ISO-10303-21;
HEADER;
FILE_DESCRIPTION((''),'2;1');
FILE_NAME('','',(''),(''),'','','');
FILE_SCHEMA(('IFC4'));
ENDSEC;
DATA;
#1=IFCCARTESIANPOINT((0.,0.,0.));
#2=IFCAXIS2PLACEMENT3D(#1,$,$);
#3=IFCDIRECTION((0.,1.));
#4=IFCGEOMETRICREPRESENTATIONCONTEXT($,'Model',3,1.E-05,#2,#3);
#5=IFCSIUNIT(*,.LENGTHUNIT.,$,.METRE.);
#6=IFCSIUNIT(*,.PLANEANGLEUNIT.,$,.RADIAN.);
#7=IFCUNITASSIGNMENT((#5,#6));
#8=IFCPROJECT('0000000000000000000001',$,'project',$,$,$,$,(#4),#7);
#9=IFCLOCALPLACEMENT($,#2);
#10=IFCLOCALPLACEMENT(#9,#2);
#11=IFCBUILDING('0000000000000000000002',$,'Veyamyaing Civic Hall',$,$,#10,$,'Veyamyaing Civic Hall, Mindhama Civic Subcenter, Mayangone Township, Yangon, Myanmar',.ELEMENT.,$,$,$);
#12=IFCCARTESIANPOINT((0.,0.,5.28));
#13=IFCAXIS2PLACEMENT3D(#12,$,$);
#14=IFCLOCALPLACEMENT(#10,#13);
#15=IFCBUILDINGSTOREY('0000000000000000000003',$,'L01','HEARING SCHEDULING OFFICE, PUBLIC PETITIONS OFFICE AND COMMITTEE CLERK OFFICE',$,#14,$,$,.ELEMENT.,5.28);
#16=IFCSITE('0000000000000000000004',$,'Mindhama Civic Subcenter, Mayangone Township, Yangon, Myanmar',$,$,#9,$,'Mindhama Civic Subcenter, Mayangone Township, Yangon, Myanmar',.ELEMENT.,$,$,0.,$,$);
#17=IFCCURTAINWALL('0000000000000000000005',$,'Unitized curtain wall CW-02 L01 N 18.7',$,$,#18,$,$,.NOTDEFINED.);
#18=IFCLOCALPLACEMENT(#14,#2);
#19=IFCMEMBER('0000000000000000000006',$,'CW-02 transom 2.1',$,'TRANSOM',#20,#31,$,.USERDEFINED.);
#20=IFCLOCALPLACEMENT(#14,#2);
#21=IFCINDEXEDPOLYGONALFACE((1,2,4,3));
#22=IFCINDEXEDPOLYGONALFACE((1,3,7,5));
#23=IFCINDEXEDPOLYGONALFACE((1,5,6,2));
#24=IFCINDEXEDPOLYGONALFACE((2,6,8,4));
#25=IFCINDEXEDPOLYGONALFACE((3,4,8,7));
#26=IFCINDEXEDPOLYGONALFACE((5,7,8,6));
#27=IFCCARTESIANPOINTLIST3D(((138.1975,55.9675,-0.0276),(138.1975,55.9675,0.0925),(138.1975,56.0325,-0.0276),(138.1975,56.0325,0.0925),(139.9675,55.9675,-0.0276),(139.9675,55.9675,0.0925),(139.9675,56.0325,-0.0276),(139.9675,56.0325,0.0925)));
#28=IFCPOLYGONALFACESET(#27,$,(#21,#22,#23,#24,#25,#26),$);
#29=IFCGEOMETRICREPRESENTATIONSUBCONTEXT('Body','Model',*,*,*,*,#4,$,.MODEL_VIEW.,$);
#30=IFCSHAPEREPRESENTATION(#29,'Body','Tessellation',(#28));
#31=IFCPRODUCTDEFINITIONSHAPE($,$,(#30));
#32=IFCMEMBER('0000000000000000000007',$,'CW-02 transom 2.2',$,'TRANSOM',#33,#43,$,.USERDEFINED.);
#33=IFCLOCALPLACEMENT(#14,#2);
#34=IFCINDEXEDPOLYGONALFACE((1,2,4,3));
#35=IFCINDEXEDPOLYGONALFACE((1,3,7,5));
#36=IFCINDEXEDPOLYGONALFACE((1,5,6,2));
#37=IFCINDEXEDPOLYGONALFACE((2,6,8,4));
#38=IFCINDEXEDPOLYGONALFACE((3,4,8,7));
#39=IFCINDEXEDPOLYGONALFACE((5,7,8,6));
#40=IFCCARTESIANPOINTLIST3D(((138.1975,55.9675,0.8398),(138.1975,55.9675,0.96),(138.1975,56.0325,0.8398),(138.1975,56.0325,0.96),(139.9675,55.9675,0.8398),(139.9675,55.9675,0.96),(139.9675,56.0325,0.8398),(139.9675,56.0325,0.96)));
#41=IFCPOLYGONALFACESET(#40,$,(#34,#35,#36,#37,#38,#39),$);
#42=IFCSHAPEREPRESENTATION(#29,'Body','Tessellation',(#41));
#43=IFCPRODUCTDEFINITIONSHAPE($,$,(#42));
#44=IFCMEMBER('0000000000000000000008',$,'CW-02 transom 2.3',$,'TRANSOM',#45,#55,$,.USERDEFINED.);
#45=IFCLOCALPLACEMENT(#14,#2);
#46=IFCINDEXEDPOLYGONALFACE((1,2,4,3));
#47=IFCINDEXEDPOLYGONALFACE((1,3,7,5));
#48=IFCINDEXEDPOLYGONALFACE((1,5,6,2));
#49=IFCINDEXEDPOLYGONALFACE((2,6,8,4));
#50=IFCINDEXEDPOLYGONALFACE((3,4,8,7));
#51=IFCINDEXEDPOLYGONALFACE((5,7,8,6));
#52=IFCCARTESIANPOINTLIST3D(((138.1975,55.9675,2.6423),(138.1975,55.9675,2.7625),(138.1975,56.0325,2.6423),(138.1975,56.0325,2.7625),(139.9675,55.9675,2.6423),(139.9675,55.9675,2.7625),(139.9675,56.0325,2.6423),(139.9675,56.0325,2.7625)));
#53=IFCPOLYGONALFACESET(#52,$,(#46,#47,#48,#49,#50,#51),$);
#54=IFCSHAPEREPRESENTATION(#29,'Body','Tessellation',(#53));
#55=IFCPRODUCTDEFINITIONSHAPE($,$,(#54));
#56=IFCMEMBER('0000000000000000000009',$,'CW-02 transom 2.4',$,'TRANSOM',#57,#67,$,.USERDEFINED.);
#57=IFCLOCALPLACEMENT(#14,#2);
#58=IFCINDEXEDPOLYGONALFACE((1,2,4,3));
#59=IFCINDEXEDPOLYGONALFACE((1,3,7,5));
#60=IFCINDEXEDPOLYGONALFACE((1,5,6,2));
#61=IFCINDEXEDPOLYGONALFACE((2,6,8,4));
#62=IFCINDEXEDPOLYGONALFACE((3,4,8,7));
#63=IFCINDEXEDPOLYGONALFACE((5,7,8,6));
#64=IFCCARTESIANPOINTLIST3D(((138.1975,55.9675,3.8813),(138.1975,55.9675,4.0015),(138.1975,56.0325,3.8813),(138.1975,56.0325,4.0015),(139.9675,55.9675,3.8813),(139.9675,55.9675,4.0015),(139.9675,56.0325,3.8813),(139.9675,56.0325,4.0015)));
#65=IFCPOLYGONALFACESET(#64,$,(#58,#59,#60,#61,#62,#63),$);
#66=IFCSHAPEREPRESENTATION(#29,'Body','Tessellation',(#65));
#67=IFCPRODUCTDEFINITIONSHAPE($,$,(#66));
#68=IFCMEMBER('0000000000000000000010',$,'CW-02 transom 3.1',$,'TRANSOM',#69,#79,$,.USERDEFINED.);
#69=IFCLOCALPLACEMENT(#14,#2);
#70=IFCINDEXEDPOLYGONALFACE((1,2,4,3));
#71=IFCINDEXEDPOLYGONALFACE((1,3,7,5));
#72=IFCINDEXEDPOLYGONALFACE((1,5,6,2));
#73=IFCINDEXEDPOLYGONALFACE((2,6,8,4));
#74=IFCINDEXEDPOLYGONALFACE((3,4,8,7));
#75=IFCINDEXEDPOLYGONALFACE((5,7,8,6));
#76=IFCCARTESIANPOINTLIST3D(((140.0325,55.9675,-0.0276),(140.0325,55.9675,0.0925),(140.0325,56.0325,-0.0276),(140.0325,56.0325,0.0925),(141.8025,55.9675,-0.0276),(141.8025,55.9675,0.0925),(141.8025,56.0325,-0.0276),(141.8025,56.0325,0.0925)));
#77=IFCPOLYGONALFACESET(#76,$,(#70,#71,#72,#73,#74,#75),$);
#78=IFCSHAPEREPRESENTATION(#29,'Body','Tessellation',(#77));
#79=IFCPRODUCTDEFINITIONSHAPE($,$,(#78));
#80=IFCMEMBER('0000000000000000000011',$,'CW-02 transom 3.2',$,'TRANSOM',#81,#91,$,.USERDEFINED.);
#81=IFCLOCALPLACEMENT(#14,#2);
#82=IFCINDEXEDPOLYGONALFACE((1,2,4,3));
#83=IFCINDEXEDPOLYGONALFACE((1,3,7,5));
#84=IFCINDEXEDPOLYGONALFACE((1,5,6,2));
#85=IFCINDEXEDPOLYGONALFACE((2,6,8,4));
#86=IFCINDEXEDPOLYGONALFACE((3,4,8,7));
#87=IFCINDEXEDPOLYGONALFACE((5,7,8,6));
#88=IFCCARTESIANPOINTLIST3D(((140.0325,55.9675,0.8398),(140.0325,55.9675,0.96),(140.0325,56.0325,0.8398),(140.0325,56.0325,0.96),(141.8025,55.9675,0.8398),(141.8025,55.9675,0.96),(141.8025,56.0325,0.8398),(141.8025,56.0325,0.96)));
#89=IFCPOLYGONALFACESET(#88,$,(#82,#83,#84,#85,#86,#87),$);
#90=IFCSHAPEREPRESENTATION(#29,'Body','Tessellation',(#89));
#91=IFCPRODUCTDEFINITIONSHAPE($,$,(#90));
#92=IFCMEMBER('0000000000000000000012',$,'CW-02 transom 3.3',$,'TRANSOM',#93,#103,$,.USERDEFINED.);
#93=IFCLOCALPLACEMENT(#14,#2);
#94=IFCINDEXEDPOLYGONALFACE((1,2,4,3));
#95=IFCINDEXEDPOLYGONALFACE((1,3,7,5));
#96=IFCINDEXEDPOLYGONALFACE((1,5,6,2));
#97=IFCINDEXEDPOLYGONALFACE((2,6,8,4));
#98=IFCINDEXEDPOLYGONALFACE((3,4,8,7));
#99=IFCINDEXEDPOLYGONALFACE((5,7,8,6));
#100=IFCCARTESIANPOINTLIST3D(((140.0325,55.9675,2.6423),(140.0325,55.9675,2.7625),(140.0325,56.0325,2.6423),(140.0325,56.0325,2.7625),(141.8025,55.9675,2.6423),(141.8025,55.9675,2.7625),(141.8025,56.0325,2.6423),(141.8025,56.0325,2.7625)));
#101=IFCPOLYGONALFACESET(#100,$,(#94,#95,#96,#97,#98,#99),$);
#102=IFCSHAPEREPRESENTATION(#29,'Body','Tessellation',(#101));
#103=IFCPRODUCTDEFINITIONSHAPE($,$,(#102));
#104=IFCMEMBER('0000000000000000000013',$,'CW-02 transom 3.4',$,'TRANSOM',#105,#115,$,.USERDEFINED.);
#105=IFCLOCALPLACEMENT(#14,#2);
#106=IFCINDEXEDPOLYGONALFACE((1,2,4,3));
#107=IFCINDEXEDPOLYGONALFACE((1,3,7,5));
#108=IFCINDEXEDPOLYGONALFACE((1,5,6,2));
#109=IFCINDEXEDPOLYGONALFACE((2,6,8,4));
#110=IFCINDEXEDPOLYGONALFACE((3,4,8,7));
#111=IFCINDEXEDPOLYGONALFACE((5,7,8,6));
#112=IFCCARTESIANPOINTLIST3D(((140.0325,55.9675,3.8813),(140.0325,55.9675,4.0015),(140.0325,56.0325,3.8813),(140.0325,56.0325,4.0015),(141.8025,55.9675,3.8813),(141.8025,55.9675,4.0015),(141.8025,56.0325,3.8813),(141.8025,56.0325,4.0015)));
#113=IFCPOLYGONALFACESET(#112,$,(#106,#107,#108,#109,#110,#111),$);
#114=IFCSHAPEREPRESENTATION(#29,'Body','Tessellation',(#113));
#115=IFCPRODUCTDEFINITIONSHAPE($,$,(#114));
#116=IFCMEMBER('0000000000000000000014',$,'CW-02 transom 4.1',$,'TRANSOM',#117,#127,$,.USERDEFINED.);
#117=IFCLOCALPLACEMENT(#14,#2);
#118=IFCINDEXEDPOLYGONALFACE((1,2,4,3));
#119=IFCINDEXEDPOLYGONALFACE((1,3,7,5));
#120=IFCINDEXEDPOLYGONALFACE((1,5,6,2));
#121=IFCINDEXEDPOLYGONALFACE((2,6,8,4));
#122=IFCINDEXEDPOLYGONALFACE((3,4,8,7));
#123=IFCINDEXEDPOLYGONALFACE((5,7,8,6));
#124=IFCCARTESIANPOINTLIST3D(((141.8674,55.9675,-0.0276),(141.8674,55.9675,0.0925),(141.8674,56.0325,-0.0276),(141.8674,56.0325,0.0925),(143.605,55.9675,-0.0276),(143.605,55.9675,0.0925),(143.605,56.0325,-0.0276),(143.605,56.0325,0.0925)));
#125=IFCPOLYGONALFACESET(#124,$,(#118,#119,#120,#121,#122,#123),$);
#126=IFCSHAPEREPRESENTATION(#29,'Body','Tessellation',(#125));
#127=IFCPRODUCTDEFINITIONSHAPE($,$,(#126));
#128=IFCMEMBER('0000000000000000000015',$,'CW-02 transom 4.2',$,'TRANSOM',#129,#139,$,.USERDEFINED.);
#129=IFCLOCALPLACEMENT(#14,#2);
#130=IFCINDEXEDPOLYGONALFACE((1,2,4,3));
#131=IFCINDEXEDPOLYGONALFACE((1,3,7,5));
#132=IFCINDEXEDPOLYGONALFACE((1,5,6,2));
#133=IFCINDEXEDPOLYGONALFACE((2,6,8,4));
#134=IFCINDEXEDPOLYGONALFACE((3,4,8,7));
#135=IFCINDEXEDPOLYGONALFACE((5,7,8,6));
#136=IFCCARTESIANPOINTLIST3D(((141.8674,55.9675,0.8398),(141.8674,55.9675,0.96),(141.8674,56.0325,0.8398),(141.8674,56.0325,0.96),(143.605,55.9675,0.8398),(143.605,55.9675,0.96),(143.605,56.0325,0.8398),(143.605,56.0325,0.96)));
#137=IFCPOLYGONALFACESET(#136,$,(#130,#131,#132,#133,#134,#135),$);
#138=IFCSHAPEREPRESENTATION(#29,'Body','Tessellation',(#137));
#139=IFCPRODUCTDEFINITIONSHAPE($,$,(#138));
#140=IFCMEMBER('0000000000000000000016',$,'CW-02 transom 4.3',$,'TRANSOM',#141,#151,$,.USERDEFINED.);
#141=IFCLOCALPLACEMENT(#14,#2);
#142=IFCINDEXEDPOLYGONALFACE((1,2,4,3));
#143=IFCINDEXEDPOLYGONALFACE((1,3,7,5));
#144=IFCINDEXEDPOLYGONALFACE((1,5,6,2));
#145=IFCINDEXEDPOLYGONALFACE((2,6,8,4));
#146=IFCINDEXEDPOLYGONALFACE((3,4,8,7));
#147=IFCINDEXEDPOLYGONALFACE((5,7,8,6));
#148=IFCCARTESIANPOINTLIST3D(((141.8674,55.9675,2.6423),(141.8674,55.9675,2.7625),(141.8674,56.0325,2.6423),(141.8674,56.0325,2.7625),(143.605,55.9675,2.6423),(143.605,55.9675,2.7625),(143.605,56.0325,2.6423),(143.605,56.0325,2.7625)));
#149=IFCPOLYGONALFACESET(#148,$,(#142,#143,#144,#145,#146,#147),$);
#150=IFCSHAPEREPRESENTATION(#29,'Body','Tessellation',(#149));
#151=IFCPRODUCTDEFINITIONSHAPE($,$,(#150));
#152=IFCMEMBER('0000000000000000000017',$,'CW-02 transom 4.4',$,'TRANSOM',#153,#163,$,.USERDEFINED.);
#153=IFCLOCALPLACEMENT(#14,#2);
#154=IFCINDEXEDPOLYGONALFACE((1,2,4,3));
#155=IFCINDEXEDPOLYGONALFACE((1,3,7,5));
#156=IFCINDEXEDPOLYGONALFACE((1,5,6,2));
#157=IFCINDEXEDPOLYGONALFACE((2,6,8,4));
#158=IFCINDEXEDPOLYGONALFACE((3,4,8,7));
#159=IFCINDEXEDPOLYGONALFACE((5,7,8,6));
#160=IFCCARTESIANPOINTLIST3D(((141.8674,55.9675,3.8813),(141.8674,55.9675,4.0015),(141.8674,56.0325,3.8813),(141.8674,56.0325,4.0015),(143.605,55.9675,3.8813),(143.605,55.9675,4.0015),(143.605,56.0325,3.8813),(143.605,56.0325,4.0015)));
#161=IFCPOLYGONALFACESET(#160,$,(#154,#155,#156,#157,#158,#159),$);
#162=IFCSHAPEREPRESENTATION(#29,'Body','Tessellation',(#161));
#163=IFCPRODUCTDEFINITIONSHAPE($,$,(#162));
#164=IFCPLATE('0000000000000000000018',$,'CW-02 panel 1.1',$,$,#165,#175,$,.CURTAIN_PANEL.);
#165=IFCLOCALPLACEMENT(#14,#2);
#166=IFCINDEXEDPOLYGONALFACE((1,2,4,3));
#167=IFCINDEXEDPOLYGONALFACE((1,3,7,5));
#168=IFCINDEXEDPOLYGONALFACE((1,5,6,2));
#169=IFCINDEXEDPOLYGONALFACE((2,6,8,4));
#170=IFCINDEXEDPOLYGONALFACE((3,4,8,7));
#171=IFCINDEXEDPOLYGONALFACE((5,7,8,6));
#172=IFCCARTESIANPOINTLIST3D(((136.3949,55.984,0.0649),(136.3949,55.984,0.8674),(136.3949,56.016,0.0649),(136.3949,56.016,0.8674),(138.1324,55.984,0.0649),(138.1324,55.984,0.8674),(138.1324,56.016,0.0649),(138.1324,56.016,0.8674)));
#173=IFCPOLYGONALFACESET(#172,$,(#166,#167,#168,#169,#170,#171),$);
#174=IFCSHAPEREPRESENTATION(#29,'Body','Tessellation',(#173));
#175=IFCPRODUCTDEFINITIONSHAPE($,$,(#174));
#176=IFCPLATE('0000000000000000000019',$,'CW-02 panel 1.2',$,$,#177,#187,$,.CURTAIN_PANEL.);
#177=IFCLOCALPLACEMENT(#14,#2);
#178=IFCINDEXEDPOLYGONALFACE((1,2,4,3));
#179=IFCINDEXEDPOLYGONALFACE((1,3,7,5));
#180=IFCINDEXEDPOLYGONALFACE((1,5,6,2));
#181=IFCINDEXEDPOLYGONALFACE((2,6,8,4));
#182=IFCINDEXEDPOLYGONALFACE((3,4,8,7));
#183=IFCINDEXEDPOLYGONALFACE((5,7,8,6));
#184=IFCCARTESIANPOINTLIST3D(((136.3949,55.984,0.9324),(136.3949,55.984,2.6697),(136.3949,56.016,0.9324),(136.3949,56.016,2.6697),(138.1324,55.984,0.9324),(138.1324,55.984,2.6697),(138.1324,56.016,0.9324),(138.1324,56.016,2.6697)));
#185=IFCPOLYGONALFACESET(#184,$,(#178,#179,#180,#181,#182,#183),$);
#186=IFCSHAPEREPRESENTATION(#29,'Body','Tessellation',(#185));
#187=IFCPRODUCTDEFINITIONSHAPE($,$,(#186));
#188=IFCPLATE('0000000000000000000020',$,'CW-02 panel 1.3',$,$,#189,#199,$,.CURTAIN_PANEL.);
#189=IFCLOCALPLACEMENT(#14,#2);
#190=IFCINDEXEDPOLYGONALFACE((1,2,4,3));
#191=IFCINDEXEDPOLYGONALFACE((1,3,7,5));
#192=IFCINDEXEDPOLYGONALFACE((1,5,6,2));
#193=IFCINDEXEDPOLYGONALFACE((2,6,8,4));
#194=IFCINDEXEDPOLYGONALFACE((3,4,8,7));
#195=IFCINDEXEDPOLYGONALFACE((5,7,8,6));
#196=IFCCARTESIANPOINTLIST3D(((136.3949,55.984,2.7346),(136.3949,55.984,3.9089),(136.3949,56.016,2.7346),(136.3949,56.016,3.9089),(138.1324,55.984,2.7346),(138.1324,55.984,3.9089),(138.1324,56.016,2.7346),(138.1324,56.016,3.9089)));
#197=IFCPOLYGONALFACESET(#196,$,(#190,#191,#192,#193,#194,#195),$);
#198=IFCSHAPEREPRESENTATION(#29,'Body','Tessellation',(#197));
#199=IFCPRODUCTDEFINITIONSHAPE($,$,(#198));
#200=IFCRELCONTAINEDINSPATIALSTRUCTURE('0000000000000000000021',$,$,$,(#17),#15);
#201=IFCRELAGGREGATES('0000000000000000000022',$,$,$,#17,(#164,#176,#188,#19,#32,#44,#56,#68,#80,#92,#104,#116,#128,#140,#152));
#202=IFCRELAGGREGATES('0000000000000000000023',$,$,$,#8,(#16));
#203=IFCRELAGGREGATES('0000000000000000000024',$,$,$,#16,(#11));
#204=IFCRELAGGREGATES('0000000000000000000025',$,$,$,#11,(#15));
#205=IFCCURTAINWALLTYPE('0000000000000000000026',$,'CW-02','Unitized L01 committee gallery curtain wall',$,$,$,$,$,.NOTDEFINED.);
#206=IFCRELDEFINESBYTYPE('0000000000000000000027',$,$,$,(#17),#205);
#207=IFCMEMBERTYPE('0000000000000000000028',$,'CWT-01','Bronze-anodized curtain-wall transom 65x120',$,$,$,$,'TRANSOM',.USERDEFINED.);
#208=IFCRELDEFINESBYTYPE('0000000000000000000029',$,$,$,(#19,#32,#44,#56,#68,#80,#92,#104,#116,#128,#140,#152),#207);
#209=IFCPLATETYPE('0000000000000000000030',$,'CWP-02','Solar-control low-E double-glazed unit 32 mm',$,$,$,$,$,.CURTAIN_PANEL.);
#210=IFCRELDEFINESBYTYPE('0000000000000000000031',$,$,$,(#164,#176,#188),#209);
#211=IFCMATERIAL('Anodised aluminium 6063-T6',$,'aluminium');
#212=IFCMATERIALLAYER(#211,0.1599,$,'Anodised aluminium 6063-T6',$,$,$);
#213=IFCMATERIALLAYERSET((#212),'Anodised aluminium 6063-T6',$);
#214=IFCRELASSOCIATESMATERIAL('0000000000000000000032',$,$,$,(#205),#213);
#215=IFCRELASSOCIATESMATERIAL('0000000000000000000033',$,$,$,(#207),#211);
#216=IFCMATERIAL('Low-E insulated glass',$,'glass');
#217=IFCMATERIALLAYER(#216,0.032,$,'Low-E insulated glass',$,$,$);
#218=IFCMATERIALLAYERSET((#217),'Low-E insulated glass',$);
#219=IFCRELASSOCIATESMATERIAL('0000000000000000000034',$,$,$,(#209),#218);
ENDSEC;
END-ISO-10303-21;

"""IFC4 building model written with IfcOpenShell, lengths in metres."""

from ifc_helpers import new_model, si_unit, direction, frame, origin, origin_2d, place, context, subcontext, project, spatial, rectangle, extrude, material, layer, layer_set, material_profile, profile_set, type_object, element, aggregate, save


model = new_model("IFC4")

# Units and contexts
model_context = context("Model", 3, precision=1e-05, world=origin(), true_north=direction((0.0, 1.0)))
body_context = subcontext(model_context, "Body", "Model", "MODEL_VIEW")
ifc_project = project(units=[si_unit("LENGTHUNIT", "METRE"), si_unit("PLANEANGLEUNIT", "RADIAN")], contexts=[model_context])

# Site, building, storey
site_placement = place(None, origin())
site = spatial("IfcSite", under=ifc_project, at=site_placement, Name="Mindhama Civic Subcenter, Mayangone Township, Yangon, Myanmar", LongName="Mindhama Civic Subcenter, Mayangone Township, Yangon, Myanmar", CompositionType="ELEMENT", RefElevation=0.0)
building_placement = place(site_placement, origin())
building = spatial("IfcBuilding", under=site, at=building_placement, Name="Veyamyaing Civic Hall", LongName="Veyamyaing Civic Hall, Mindhama Civic Subcenter, Mayangone Township, Yangon, Myanmar", CompositionType="ELEMENT")
storey_placement = place(building_placement, frame((0.0, 0.0, 5.28)))
storey = spatial("IfcBuildingStorey", under=building, at=storey_placement, Name="L01", Description="HEARING SCHEDULING OFFICE, PUBLIC PETITIONS OFFICE AND COMMITTEE CLERK OFFICE", CompositionType="ELEMENT", Elevation=5.28)

# Curtain wall, members, plates
ifc_material_1 = material(Name="Anodised aluminium 6063-T6", Category="aluminium")
ifc_layer_1 = layer(ifc_material_1, 0.1599, Name="Anodised aluminium 6063-T6")
ifc_layer_set_1 = layer_set([ifc_layer_1], Name="Anodised aluminium 6063-T6")
curtain_wall_type = type_object("IfcCurtainWallType", Name="CW-02", Description="Unitized L01 committee gallery curtain wall", PredefinedType="NOTDEFINED", material=ifc_layer_set_1)
curtain_wall_placement = place(storey_placement, origin())
curtain_wall = element("IfcCurtainWall", 1, at=curtain_wall_placement, inside=storey, type_object=curtain_wall_type, Name="Unitized curtain wall CW-02 L01 N 18.7", PredefinedType="NOTDEFINED")
ifc_material_profile_1 = material_profile(ifc_material_1, rectangle(XDim=0.0649, YDim=0.1201, at=origin_2d()), Name="ALU-TRN-65X120")
ifc_profile_set_1 = profile_set([ifc_material_profile_1], Name="Anodised aluminium 6063-T6")
member_type_1 = type_object("IfcMemberType", Name="CWT-01", Description="Bronze-anodized curtain-wall transom 65x120", ElementType="TRANSOM", PredefinedType="USERDEFINED", material=ifc_profile_set_1)
member_1_placement = place(storey_placement, frame((138.1975, 56.0, 0.0325), z_axis=(1.0, 0.0, 0.0), x_axis=(0.0, 1.0, 0.0)))
member_1 = element("IfcMember", 2, at=member_1_placement, type_object=member_type_1, Name="CW-02 transom 2.1", ObjectType="TRANSOM", PredefinedType="USERDEFINED", context=body_context, shape_type="SweptSolid", body=[
    extrude(rectangle(XDim=0.0649, YDim=0.1201, at=origin_2d()), origin(), (0.0, 0.0, 1.0), 1.77),
])
member_2_placement = place(storey_placement, frame((138.1975, 56.0, 0.8999), z_axis=(1.0, 0.0, 0.0), x_axis=(0.0, 1.0, 0.0)))
member_2 = element("IfcMember", 3, at=member_2_placement, type_object=member_type_1, Name="CW-02 transom 2.2", ObjectType="TRANSOM", PredefinedType="USERDEFINED", context=body_context, shape_type="SweptSolid", body=[
    extrude(rectangle(XDim=0.0649, YDim=0.1201, at=origin_2d()), origin(), (0.0, 0.0, 1.0), 1.77),
])
member_3_placement = place(storey_placement, frame((138.1975, 56.0, 2.7024), z_axis=(1.0, 0.0, 0.0), x_axis=(0.0, 1.0, 0.0)))
member_3 = element("IfcMember", 4, at=member_3_placement, type_object=member_type_1, Name="CW-02 transom 2.3", ObjectType="TRANSOM", PredefinedType="USERDEFINED", context=body_context, shape_type="SweptSolid", body=[
    extrude(rectangle(XDim=0.0649, YDim=0.1201, at=origin_2d()), origin(), (0.0, 0.0, 1.0), 1.77),
])
member_4_placement = place(storey_placement, frame((138.1975, 56.0, 3.9414), z_axis=(1.0, 0.0, 0.0), x_axis=(0.0, 1.0, 0.0)))
member_4 = element("IfcMember", 5, at=member_4_placement, type_object=member_type_1, Name="CW-02 transom 2.4", ObjectType="TRANSOM", PredefinedType="USERDEFINED", context=body_context, shape_type="SweptSolid", body=[
    extrude(rectangle(XDim=0.0649, YDim=0.1201, at=origin_2d()), origin(), (0.0, 0.0, 1.0), 1.77),
])
member_5_placement = place(storey_placement, frame((140.0325, 56.0, 0.0325), z_axis=(1.0, 0.0, 0.0), x_axis=(0.0, 1.0, 0.0)))
member_5 = element("IfcMember", 6, at=member_5_placement, type_object=member_type_1, Name="CW-02 transom 3.1", ObjectType="TRANSOM", PredefinedType="USERDEFINED", context=body_context, shape_type="SweptSolid", body=[
    extrude(rectangle(XDim=0.0649, YDim=0.1201, at=origin_2d()), origin(), (0.0, 0.0, 1.0), 1.77),
])
member_6_placement = place(storey_placement, frame((140.0325, 56.0, 0.8999), z_axis=(1.0, 0.0, 0.0), x_axis=(0.0, 1.0, 0.0)))
member_6 = element("IfcMember", 7, at=member_6_placement, type_object=member_type_1, Name="CW-02 transom 3.2", ObjectType="TRANSOM", PredefinedType="USERDEFINED", context=body_context, shape_type="SweptSolid", body=[
    extrude(rectangle(XDim=0.0649, YDim=0.1201, at=origin_2d()), origin(), (0.0, 0.0, 1.0), 1.77),
])
member_7_placement = place(storey_placement, frame((140.0325, 56.0, 2.7024), z_axis=(1.0, 0.0, 0.0), x_axis=(0.0, 1.0, 0.0)))
member_7 = element("IfcMember", 8, at=member_7_placement, type_object=member_type_1, Name="CW-02 transom 3.3", ObjectType="TRANSOM", PredefinedType="USERDEFINED", context=body_context, shape_type="SweptSolid", body=[
    extrude(rectangle(XDim=0.0649, YDim=0.1201, at=origin_2d()), origin(), (0.0, 0.0, 1.0), 1.77),
])
member_8_placement = place(storey_placement, frame((140.0325, 56.0, 3.9414), z_axis=(1.0, 0.0, 0.0), x_axis=(0.0, 1.0, 0.0)))
member_8 = element("IfcMember", 9, at=member_8_placement, type_object=member_type_1, Name="CW-02 transom 3.4", ObjectType="TRANSOM", PredefinedType="USERDEFINED", context=body_context, shape_type="SweptSolid", body=[
    extrude(rectangle(XDim=0.0649, YDim=0.1201, at=origin_2d()), origin(), (0.0, 0.0, 1.0), 1.77),
])
member_9_placement = place(storey_placement, frame((141.8674, 56.0, 0.0325), z_axis=(1.0, 0.0, 0.0), x_axis=(0.0, 1.0, 0.0)))
member_9 = element("IfcMember", 10, at=member_9_placement, type_object=member_type_1, Name="CW-02 transom 4.1", ObjectType="TRANSOM", PredefinedType="USERDEFINED", context=body_context, shape_type="SweptSolid", body=[
    extrude(rectangle(XDim=0.0649, YDim=0.1201, at=origin_2d()), origin(), (0.0, 0.0, 1.0), 1.7375),
])
member_10_placement = place(storey_placement, frame((141.8674, 56.0, 0.8999), z_axis=(1.0, 0.0, 0.0), x_axis=(0.0, 1.0, 0.0)))
member_10 = element("IfcMember", 11, at=member_10_placement, type_object=member_type_1, Name="CW-02 transom 4.2", ObjectType="TRANSOM", PredefinedType="USERDEFINED", context=body_context, shape_type="SweptSolid", body=[
    extrude(rectangle(XDim=0.0649, YDim=0.1201, at=origin_2d()), origin(), (0.0, 0.0, 1.0), 1.7375),
])
member_11_placement = place(storey_placement, frame((141.8674, 56.0, 2.7024), z_axis=(1.0, 0.0, 0.0), x_axis=(0.0, 1.0, 0.0)))
member_11 = element("IfcMember", 12, at=member_11_placement, type_object=member_type_1, Name="CW-02 transom 4.3", ObjectType="TRANSOM", PredefinedType="USERDEFINED", context=body_context, shape_type="SweptSolid", body=[
    extrude(rectangle(XDim=0.0649, YDim=0.1201, at=origin_2d()), origin(), (0.0, 0.0, 1.0), 1.7375),
])
member_12_placement = place(storey_placement, frame((141.8674, 56.0, 3.9414), z_axis=(1.0, 0.0, 0.0), x_axis=(0.0, 1.0, 0.0)))
member_12 = element("IfcMember", 13, at=member_12_placement, type_object=member_type_1, Name="CW-02 transom 4.4", ObjectType="TRANSOM", PredefinedType="USERDEFINED", context=body_context, shape_type="SweptSolid", body=[
    extrude(rectangle(XDim=0.0649, YDim=0.1201, at=origin_2d()), origin(), (0.0, 0.0, 1.0), 1.7375),
])
ifc_material_2 = material(Name="Low-E insulated glass", Category="glass")
ifc_layer_2 = layer(ifc_material_2, 0.032, Name="Low-E insulated glass")
ifc_layer_set_2 = layer_set([ifc_layer_2], Name="Low-E insulated glass")
plate_type = type_object("IfcPlateType", Name="CWP-02", Description="Solar-control low-E double-glazed unit 32 mm", PredefinedType="CURTAIN_PANEL", material=ifc_layer_set_2)
plate_1_placement = place(storey_placement, frame((137.2637, 56.0, 0.0649), z_axis=(0.0, 0.0, 1.0), x_axis=(1.0, 0.0, 0.0)))
plate_1 = element("IfcPlate", 14, at=plate_1_placement, type_object=plate_type, Name="CW-02 panel 1.1", PredefinedType="CURTAIN_PANEL", context=body_context, shape_type="SweptSolid", body=[
    extrude(rectangle(XDim=1.7375, YDim=0.032, at=origin_2d()), origin(), (0.0, 0.0, 1.0), 0.8025),
])
plate_2_placement = place(storey_placement, frame((137.2637, 56.0, 0.9324), z_axis=(0.0, 0.0, 1.0), x_axis=(1.0, 0.0, 0.0)))
plate_2 = element("IfcPlate", 15, at=plate_2_placement, type_object=plate_type, Name="CW-02 panel 1.2", PredefinedType="CURTAIN_PANEL", context=body_context, shape_type="SweptSolid", body=[
    extrude(rectangle(XDim=1.7375, YDim=0.032, at=origin_2d()), origin(), (0.0, 0.0, 1.0), 1.7373),
])
plate_3_placement = place(storey_placement, frame((137.2637, 56.0, 2.7346), z_axis=(0.0, 0.0, 1.0), x_axis=(1.0, 0.0, 0.0)))
plate_3 = element("IfcPlate", 16, at=plate_3_placement, type_object=plate_type, Name="CW-02 panel 1.3", PredefinedType="CURTAIN_PANEL", context=body_context, shape_type="SweptSolid", body=[
    extrude(rectangle(XDim=1.7375, YDim=0.032, at=origin_2d()), origin(), (0.0, 0.0, 1.0), 1.1743),
])
aggregate(curtain_wall, [plate_1, plate_2, plate_3, member_1, member_2, member_3, member_4, member_5, member_6, member_7, member_8, member_9, member_10, member_11, member_12])

save(model, "model.ifc")
